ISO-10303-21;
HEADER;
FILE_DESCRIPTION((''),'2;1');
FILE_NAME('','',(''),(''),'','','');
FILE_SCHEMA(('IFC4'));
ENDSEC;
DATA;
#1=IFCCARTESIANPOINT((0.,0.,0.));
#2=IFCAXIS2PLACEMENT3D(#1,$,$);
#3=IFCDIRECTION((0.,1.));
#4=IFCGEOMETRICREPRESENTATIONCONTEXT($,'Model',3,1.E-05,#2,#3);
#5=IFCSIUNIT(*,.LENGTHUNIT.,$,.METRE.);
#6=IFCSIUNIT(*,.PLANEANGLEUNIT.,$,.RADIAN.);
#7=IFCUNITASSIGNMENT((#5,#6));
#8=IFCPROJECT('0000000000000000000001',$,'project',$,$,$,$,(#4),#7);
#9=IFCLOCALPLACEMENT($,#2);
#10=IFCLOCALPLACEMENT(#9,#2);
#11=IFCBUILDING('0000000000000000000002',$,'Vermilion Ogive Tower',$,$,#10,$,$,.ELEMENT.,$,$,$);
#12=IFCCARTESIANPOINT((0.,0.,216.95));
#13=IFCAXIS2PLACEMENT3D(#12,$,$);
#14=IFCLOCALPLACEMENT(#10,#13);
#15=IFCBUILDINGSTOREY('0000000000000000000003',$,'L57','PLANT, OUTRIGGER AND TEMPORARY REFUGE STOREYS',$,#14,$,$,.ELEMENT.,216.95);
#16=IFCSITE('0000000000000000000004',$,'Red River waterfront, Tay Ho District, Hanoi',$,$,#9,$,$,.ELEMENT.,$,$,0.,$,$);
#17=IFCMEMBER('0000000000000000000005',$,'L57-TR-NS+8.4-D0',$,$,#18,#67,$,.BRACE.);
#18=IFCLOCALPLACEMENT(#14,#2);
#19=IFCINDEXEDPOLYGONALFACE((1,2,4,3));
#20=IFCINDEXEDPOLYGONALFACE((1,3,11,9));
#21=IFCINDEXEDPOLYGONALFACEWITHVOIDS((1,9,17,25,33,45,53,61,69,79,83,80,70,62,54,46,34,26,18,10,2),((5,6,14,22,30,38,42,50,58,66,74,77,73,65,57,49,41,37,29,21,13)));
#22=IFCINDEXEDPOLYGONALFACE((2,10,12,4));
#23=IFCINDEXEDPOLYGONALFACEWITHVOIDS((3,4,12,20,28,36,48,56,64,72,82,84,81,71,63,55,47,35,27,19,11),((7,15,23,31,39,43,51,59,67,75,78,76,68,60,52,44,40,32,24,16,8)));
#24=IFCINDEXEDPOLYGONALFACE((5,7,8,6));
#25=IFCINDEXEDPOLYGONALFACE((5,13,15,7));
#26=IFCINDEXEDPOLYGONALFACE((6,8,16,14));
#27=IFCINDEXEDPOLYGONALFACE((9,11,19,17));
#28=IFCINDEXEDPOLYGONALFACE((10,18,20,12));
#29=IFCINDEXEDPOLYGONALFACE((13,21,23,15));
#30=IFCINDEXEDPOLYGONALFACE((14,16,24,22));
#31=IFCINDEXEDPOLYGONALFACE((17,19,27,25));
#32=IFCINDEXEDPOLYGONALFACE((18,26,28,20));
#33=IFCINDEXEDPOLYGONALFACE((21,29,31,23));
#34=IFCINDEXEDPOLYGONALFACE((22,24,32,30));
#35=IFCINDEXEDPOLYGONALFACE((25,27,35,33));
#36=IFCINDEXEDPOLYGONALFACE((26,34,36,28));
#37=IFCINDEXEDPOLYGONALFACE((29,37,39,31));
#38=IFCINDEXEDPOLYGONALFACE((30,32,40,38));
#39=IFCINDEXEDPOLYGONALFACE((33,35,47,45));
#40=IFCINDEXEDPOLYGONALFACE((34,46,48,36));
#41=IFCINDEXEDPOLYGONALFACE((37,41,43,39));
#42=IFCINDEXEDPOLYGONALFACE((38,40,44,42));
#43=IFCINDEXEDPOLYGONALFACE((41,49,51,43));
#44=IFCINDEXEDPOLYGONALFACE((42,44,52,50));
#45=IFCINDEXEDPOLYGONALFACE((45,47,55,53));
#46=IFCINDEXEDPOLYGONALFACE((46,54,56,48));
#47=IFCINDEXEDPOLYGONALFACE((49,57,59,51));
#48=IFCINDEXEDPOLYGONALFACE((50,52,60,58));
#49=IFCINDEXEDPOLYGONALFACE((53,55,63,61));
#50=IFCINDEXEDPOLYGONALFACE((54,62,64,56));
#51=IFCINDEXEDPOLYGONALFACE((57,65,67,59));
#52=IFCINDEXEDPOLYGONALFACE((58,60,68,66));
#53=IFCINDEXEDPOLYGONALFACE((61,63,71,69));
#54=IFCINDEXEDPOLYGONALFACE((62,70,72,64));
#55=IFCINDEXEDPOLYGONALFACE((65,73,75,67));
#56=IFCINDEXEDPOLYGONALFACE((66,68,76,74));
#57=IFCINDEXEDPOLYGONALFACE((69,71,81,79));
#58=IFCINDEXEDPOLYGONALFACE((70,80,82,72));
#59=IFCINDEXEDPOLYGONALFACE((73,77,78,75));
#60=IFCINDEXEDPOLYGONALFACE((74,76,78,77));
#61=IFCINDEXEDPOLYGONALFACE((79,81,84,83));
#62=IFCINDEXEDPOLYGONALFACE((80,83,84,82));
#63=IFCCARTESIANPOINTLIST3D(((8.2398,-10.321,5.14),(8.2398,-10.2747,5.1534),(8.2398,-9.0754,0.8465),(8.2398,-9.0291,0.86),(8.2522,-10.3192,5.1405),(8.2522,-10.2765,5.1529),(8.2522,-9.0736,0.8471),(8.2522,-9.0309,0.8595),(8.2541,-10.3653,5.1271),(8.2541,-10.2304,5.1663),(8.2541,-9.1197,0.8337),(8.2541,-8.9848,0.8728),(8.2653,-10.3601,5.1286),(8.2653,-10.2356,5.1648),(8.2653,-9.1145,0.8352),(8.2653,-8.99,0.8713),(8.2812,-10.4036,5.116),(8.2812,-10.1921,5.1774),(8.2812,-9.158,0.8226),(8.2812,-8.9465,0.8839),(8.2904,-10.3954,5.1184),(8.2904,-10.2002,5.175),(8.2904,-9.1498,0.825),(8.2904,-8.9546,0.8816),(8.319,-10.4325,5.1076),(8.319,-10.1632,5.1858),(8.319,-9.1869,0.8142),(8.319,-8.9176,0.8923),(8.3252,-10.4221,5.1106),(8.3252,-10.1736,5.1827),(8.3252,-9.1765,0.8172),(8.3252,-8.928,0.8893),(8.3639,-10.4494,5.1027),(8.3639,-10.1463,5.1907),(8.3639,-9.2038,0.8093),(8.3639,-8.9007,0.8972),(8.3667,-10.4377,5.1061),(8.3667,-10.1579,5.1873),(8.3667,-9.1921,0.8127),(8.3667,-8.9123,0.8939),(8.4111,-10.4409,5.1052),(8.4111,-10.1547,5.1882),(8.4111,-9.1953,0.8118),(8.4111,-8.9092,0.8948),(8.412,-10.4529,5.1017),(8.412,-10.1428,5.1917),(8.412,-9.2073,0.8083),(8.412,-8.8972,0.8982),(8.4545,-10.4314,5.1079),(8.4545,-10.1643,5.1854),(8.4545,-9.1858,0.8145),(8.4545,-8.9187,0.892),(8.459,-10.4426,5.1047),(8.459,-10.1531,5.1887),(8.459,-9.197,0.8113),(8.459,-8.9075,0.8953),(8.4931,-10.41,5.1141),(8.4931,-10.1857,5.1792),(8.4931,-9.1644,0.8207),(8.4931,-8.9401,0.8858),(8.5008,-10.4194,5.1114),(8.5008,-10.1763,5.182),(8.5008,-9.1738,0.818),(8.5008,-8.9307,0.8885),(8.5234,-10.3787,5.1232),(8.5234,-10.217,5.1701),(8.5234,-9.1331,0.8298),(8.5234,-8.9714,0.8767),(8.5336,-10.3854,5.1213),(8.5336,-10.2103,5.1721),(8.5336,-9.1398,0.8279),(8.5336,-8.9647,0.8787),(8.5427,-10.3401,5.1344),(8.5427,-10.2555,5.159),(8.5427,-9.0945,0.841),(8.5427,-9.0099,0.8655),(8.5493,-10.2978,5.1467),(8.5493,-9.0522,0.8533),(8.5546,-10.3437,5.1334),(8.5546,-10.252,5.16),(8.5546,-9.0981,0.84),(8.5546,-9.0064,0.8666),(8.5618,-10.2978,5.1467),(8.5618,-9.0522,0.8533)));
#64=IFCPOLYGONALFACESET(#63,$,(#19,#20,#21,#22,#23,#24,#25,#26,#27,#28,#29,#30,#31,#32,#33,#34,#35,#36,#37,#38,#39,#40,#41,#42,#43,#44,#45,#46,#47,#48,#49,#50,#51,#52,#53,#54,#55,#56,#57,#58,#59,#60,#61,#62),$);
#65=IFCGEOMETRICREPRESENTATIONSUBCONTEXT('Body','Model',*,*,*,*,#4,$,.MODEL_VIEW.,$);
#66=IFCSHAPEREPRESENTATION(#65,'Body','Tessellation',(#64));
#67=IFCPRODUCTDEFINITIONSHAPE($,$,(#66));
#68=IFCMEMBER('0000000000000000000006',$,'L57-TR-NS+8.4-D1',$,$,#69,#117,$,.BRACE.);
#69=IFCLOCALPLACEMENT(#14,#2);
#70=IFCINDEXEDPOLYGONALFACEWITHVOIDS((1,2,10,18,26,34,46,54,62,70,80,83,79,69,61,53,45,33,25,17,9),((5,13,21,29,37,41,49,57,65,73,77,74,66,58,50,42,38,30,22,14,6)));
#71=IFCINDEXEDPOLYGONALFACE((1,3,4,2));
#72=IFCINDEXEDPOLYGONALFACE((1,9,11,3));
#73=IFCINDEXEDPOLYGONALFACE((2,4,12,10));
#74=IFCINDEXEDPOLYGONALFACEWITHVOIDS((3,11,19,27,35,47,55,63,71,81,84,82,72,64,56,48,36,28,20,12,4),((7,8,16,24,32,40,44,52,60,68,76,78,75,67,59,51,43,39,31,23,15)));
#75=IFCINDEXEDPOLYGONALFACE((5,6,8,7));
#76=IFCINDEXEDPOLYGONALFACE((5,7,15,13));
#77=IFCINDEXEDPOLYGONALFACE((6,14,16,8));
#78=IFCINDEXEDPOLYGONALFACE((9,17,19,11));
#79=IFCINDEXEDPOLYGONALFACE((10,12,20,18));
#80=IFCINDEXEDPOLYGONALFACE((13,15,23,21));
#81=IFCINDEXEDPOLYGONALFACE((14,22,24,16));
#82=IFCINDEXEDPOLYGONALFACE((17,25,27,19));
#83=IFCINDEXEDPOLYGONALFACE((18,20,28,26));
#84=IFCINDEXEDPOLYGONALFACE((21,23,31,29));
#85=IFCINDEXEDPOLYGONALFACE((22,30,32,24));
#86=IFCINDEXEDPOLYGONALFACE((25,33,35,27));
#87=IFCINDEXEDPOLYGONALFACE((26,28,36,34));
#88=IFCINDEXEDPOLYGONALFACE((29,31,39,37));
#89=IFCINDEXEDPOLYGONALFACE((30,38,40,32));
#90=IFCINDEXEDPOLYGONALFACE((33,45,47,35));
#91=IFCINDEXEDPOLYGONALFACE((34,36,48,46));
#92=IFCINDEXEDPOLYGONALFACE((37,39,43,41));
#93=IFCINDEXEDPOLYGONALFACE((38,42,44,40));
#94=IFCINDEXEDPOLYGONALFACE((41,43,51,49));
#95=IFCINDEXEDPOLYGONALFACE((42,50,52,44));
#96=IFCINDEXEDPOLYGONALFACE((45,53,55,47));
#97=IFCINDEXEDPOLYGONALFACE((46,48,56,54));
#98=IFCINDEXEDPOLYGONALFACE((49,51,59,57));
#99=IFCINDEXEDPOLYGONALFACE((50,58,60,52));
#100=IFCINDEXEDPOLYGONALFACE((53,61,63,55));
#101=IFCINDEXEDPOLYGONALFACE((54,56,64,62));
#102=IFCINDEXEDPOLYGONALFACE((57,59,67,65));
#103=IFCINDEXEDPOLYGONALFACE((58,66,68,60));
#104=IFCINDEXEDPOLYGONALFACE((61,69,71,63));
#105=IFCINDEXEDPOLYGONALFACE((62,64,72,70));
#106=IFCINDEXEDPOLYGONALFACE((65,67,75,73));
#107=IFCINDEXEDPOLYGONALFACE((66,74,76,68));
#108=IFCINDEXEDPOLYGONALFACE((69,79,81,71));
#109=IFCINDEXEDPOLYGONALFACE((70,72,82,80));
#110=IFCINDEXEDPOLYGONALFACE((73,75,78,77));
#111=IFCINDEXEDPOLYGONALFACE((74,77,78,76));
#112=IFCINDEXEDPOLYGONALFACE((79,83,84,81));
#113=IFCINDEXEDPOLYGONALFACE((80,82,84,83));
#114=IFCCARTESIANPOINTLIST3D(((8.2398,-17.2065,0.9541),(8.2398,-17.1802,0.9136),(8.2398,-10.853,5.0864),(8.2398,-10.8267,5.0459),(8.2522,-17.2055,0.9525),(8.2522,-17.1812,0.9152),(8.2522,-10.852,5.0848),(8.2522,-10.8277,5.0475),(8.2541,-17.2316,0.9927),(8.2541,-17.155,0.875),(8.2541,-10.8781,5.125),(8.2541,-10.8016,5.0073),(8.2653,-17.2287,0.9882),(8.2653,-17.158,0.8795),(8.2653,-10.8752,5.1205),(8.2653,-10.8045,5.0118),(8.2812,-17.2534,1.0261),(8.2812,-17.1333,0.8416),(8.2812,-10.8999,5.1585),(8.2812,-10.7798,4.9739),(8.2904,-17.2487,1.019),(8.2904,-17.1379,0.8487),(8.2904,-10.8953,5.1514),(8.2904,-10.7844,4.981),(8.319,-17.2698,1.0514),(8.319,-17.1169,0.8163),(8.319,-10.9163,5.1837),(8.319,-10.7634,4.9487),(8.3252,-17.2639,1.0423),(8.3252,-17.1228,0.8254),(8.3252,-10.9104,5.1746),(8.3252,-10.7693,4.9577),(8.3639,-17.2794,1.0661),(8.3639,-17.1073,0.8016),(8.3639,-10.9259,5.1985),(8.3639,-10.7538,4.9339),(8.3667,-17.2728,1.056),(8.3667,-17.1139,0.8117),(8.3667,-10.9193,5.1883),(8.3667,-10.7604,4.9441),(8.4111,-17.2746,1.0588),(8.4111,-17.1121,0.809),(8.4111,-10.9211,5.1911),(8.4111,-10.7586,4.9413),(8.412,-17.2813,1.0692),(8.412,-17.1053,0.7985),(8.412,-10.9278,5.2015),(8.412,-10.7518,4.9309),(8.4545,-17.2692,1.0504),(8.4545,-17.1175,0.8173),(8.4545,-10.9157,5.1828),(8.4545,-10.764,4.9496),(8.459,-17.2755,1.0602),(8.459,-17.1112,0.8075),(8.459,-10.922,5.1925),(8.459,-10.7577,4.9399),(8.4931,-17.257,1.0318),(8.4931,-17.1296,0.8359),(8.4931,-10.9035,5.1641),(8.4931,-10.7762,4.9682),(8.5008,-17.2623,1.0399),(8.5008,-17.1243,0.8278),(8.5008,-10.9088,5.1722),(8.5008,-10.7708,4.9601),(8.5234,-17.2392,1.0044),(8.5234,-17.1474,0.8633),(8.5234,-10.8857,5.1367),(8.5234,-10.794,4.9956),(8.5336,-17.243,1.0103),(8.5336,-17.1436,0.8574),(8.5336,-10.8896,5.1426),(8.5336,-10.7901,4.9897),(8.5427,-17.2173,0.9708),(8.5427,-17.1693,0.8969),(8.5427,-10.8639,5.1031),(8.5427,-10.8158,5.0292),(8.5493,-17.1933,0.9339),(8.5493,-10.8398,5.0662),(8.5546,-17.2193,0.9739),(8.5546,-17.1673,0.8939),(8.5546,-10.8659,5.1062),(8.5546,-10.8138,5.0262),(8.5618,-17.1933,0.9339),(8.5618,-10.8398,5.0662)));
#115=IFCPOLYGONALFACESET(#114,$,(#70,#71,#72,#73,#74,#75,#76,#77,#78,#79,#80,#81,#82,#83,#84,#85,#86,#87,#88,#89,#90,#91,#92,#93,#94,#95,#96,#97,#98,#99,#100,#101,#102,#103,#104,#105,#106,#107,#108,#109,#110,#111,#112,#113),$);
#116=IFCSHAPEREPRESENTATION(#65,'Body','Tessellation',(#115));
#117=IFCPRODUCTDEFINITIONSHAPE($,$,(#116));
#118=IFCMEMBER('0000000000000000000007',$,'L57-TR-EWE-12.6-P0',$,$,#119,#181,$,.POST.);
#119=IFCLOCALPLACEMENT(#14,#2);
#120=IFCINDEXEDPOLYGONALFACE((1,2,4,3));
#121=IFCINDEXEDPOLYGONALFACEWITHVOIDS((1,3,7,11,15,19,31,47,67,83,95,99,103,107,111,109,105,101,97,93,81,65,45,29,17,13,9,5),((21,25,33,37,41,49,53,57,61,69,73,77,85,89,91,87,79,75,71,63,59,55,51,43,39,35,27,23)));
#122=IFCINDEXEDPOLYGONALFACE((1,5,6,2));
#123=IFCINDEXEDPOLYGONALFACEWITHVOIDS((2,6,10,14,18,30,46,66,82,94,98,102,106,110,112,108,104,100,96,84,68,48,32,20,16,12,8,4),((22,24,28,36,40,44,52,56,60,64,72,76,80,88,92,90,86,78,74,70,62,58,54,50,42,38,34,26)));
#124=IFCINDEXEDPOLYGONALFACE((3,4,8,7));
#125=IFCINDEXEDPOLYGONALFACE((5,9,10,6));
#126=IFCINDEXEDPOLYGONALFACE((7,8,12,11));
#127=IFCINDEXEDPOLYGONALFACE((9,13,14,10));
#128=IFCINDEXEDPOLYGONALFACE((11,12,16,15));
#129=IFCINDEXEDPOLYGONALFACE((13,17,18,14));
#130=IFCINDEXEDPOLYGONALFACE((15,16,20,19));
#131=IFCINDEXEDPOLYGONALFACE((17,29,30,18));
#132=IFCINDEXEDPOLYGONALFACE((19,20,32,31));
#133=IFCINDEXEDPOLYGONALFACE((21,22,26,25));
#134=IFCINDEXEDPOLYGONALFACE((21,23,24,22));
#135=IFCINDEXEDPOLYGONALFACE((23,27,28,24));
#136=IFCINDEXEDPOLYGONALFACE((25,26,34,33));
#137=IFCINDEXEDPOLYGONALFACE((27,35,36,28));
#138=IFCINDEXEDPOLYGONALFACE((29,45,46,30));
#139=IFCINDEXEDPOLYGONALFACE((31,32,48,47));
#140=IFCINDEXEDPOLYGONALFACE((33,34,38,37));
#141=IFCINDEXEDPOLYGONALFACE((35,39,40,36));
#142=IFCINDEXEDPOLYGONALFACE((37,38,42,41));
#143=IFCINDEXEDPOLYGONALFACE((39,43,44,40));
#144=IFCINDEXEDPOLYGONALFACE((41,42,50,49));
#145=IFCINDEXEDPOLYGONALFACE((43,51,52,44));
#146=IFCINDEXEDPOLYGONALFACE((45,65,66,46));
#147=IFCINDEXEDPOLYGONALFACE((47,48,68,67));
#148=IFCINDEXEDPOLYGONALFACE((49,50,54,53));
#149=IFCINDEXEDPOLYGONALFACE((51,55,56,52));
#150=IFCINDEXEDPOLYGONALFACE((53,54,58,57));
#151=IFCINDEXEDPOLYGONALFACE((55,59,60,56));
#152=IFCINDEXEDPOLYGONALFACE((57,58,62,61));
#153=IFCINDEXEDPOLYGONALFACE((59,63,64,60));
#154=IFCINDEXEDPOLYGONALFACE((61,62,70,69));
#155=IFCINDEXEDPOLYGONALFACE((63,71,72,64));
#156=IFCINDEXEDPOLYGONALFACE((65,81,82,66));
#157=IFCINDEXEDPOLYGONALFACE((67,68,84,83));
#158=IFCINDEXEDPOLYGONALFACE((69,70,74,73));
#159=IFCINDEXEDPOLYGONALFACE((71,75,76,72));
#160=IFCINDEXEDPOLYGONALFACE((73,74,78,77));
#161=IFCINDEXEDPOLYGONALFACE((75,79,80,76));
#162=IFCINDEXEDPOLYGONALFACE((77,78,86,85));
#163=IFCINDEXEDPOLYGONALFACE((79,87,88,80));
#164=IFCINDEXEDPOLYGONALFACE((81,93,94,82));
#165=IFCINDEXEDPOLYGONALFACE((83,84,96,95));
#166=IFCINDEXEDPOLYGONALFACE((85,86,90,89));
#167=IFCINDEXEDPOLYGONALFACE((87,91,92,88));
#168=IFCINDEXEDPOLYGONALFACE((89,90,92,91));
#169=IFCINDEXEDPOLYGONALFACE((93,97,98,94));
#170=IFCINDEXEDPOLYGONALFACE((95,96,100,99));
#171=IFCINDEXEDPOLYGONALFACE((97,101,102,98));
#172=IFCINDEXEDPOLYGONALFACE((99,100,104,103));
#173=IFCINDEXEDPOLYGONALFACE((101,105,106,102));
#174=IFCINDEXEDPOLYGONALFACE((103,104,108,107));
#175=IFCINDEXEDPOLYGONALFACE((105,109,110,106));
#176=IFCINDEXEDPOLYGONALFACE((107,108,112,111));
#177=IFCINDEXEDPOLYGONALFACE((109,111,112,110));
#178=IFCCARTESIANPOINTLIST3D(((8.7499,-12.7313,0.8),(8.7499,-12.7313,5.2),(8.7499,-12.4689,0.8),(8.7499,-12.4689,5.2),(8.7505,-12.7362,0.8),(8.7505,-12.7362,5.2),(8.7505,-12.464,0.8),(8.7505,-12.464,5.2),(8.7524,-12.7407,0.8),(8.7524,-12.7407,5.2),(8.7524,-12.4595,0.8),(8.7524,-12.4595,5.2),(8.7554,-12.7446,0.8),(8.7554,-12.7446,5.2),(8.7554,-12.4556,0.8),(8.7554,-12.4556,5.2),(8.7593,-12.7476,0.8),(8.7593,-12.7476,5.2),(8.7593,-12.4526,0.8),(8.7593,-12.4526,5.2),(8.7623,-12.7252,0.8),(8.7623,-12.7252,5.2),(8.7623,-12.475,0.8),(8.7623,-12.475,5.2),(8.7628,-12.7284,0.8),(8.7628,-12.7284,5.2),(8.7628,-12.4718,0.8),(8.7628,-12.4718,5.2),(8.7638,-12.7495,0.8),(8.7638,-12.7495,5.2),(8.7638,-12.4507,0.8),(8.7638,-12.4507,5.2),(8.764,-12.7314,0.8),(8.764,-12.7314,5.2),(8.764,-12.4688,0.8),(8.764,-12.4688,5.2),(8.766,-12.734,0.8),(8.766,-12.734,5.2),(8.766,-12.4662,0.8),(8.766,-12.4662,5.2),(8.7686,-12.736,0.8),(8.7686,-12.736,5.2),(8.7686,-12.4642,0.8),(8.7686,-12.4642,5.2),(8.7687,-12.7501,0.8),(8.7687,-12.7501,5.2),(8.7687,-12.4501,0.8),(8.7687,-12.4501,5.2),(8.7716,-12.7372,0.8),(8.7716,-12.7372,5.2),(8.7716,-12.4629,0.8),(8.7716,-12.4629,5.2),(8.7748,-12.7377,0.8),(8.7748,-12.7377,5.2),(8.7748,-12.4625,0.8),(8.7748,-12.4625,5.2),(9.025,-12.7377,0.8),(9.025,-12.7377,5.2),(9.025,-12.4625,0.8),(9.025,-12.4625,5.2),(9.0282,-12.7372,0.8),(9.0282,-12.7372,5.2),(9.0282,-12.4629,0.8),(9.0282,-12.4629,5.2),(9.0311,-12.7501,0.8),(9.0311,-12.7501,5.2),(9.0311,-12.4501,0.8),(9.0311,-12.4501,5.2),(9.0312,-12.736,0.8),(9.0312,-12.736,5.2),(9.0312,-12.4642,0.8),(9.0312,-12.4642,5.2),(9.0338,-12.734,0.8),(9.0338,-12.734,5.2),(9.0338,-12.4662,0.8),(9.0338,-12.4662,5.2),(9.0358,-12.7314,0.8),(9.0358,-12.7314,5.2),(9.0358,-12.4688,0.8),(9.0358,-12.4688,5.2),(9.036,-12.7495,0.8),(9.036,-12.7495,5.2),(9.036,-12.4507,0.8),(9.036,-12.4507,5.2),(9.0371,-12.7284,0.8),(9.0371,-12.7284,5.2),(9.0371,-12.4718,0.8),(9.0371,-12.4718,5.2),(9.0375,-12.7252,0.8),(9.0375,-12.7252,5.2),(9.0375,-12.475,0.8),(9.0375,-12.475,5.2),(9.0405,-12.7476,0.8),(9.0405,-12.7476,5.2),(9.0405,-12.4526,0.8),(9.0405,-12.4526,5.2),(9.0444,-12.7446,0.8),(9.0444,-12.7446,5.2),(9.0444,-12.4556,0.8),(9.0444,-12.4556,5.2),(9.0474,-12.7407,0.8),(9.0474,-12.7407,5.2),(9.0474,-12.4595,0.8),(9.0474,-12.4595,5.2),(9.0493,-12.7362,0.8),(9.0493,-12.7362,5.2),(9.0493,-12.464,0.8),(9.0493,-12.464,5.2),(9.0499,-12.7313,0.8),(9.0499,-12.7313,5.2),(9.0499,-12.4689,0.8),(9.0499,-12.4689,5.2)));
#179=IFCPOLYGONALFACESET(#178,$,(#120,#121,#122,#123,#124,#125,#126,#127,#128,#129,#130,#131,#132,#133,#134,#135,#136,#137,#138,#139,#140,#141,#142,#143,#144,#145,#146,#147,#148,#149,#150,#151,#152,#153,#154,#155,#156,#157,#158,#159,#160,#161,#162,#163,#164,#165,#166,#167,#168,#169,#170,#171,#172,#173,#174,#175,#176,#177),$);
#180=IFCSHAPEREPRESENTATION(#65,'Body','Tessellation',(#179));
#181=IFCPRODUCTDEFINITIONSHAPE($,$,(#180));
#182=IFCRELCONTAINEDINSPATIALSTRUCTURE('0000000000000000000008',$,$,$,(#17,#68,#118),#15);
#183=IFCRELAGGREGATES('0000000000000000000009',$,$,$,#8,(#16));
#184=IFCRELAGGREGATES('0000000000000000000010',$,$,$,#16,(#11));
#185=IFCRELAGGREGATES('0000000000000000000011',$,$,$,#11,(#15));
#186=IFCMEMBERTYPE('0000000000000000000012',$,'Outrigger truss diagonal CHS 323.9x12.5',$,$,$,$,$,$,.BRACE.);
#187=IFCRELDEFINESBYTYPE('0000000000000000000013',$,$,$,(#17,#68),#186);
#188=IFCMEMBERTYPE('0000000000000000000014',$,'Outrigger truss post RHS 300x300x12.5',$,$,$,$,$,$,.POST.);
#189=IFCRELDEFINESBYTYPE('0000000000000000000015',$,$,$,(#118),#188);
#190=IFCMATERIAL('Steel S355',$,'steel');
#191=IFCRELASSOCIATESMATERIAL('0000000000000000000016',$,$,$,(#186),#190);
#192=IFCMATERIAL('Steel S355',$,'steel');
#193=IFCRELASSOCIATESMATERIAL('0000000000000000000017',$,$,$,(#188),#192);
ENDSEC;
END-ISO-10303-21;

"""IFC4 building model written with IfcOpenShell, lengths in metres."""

from ifc_helpers import new_model, si_unit, direction, frame, origin, origin_2d, place, context, subcontext, project, spatial, hollow_rectangle, hollow_circle, extrude, material, material_profile, profile_set, type_object, element, save


model = new_model("IFC4")

# Units and contexts
model_context = context("Model", 3, precision=1e-05, world=origin(), true_north=direction((0.0, 1.0)))
body_context = subcontext(model_context, "Body", "Model", "MODEL_VIEW")
ifc_project = project(units=[si_unit("LENGTHUNIT", "METRE"), si_unit("PLANEANGLEUNIT", "RADIAN")], contexts=[model_context])

# Site, building, storey
site_placement = place(None, origin())
site = spatial("IfcSite", under=ifc_project, at=site_placement, Name="Red River waterfront, Tay Ho District, Hanoi", CompositionType="ELEMENT", RefElevation=0.0)
building_placement = place(site_placement, origin())
building = spatial("IfcBuilding", under=site, at=building_placement, Name="Vermilion Ogive Tower", CompositionType="ELEMENT")
storey_placement = place(building_placement, frame((0.0, 0.0, 216.95)))
storey = spatial("IfcBuildingStorey", under=building, at=storey_placement, Name="L57", Description="PLANT, OUTRIGGER AND TEMPORARY REFUGE STOREYS", CompositionType="ELEMENT", Elevation=216.95)

# Members
ifc_material_1 = material(Name="Steel S355", Category="steel")
ifc_material_profile_1 = material_profile(ifc_material_1, hollow_circle(Radius=0.1619, WallThickness=0.0125, at=origin_2d()), Name="CHS 323.9x12.5")
ifc_profile_set_1 = profile_set([ifc_material_profile_1], Name="Steel S355")
member_type_1 = type_object("IfcMemberType", Name="Outrigger truss diagonal CHS 323.9x12.5", PredefinedType="BRACE", material=ifc_profile_set_1)
member_1_placement = place(storey_placement, frame((8.3999, -9.0522, 0.8533), z_axis=(0.0, -0.278628, 0.960399), x_axis=(1.0, 0.0, 0.0)))
element("IfcMember", 1, at=member_1_placement, inside=storey, type_object=member_type_1, Name="L57-TR-NS+8.4-D0", PredefinedType="BRACE", context=body_context, shape_type="SweptSolid", body=[
    extrude(hollow_circle(Radius=0.1619, WallThickness=0.0125, at=origin_2d()), origin(), (0.0, 0.0, 1.0), 4.4705),
])
member_2_placement = place(storey_placement, frame((8.3999, -10.8398, 5.0662), z_axis=(0.0, -0.838291, -0.545224), x_axis=(1.0, 0.0, 0.0)))
element("IfcMember", 2, at=member_2_placement, inside=storey, type_object=member_type_1, Name="L57-TR-NS+8.4-D1", PredefinedType="BRACE", context=body_context, shape_type="SweptSolid", body=[
    extrude(hollow_circle(Radius=0.1619, WallThickness=0.0125, at=origin_2d()), origin(), (0.0, 0.0, 1.0), 7.5791),
])
ifc_material_2 = material(Name="Steel S355", Category="steel")
ifc_material_profile_2 = material_profile(ifc_material_2, hollow_rectangle(XDim=0.3, YDim=0.3, WallThickness=0.0125, InnerFilletRadius=0.0125, OuterFilletRadius=0.0188, at=origin_2d()), Name="RHS 300x300x12.5")
ifc_profile_set_2 = profile_set([ifc_material_profile_2], Name="Steel S355")
member_type_2 = type_object("IfcMemberType", Name="Outrigger truss post RHS 300x300x12.5", PredefinedType="POST", material=ifc_profile_set_2)
for number, where, z_axis, x_axis, name in (
    (3, (8.8999, -12.6001, 0.8), (0.0, 0.0, 1.0), (1.0, 0.0, 0.0), "L57-TR-EWE-12.6-P0"),
):
    element("IfcMember", number, at=place(storey_placement, frame(where, z_axis=z_axis, x_axis=x_axis)), inside=storey, type_object=member_type_2, Name=name, PredefinedType="POST", context=body_context, shape_type="SweptSolid", body=[
        extrude(hollow_rectangle(XDim=0.3, YDim=0.3, WallThickness=0.0125, InnerFilletRadius=0.0125, OuterFilletRadius=0.0188, at=origin_2d()), origin(), (0.0, 0.0, 1.0), 4.3999),
    ])

save(model, "model.ifc")
